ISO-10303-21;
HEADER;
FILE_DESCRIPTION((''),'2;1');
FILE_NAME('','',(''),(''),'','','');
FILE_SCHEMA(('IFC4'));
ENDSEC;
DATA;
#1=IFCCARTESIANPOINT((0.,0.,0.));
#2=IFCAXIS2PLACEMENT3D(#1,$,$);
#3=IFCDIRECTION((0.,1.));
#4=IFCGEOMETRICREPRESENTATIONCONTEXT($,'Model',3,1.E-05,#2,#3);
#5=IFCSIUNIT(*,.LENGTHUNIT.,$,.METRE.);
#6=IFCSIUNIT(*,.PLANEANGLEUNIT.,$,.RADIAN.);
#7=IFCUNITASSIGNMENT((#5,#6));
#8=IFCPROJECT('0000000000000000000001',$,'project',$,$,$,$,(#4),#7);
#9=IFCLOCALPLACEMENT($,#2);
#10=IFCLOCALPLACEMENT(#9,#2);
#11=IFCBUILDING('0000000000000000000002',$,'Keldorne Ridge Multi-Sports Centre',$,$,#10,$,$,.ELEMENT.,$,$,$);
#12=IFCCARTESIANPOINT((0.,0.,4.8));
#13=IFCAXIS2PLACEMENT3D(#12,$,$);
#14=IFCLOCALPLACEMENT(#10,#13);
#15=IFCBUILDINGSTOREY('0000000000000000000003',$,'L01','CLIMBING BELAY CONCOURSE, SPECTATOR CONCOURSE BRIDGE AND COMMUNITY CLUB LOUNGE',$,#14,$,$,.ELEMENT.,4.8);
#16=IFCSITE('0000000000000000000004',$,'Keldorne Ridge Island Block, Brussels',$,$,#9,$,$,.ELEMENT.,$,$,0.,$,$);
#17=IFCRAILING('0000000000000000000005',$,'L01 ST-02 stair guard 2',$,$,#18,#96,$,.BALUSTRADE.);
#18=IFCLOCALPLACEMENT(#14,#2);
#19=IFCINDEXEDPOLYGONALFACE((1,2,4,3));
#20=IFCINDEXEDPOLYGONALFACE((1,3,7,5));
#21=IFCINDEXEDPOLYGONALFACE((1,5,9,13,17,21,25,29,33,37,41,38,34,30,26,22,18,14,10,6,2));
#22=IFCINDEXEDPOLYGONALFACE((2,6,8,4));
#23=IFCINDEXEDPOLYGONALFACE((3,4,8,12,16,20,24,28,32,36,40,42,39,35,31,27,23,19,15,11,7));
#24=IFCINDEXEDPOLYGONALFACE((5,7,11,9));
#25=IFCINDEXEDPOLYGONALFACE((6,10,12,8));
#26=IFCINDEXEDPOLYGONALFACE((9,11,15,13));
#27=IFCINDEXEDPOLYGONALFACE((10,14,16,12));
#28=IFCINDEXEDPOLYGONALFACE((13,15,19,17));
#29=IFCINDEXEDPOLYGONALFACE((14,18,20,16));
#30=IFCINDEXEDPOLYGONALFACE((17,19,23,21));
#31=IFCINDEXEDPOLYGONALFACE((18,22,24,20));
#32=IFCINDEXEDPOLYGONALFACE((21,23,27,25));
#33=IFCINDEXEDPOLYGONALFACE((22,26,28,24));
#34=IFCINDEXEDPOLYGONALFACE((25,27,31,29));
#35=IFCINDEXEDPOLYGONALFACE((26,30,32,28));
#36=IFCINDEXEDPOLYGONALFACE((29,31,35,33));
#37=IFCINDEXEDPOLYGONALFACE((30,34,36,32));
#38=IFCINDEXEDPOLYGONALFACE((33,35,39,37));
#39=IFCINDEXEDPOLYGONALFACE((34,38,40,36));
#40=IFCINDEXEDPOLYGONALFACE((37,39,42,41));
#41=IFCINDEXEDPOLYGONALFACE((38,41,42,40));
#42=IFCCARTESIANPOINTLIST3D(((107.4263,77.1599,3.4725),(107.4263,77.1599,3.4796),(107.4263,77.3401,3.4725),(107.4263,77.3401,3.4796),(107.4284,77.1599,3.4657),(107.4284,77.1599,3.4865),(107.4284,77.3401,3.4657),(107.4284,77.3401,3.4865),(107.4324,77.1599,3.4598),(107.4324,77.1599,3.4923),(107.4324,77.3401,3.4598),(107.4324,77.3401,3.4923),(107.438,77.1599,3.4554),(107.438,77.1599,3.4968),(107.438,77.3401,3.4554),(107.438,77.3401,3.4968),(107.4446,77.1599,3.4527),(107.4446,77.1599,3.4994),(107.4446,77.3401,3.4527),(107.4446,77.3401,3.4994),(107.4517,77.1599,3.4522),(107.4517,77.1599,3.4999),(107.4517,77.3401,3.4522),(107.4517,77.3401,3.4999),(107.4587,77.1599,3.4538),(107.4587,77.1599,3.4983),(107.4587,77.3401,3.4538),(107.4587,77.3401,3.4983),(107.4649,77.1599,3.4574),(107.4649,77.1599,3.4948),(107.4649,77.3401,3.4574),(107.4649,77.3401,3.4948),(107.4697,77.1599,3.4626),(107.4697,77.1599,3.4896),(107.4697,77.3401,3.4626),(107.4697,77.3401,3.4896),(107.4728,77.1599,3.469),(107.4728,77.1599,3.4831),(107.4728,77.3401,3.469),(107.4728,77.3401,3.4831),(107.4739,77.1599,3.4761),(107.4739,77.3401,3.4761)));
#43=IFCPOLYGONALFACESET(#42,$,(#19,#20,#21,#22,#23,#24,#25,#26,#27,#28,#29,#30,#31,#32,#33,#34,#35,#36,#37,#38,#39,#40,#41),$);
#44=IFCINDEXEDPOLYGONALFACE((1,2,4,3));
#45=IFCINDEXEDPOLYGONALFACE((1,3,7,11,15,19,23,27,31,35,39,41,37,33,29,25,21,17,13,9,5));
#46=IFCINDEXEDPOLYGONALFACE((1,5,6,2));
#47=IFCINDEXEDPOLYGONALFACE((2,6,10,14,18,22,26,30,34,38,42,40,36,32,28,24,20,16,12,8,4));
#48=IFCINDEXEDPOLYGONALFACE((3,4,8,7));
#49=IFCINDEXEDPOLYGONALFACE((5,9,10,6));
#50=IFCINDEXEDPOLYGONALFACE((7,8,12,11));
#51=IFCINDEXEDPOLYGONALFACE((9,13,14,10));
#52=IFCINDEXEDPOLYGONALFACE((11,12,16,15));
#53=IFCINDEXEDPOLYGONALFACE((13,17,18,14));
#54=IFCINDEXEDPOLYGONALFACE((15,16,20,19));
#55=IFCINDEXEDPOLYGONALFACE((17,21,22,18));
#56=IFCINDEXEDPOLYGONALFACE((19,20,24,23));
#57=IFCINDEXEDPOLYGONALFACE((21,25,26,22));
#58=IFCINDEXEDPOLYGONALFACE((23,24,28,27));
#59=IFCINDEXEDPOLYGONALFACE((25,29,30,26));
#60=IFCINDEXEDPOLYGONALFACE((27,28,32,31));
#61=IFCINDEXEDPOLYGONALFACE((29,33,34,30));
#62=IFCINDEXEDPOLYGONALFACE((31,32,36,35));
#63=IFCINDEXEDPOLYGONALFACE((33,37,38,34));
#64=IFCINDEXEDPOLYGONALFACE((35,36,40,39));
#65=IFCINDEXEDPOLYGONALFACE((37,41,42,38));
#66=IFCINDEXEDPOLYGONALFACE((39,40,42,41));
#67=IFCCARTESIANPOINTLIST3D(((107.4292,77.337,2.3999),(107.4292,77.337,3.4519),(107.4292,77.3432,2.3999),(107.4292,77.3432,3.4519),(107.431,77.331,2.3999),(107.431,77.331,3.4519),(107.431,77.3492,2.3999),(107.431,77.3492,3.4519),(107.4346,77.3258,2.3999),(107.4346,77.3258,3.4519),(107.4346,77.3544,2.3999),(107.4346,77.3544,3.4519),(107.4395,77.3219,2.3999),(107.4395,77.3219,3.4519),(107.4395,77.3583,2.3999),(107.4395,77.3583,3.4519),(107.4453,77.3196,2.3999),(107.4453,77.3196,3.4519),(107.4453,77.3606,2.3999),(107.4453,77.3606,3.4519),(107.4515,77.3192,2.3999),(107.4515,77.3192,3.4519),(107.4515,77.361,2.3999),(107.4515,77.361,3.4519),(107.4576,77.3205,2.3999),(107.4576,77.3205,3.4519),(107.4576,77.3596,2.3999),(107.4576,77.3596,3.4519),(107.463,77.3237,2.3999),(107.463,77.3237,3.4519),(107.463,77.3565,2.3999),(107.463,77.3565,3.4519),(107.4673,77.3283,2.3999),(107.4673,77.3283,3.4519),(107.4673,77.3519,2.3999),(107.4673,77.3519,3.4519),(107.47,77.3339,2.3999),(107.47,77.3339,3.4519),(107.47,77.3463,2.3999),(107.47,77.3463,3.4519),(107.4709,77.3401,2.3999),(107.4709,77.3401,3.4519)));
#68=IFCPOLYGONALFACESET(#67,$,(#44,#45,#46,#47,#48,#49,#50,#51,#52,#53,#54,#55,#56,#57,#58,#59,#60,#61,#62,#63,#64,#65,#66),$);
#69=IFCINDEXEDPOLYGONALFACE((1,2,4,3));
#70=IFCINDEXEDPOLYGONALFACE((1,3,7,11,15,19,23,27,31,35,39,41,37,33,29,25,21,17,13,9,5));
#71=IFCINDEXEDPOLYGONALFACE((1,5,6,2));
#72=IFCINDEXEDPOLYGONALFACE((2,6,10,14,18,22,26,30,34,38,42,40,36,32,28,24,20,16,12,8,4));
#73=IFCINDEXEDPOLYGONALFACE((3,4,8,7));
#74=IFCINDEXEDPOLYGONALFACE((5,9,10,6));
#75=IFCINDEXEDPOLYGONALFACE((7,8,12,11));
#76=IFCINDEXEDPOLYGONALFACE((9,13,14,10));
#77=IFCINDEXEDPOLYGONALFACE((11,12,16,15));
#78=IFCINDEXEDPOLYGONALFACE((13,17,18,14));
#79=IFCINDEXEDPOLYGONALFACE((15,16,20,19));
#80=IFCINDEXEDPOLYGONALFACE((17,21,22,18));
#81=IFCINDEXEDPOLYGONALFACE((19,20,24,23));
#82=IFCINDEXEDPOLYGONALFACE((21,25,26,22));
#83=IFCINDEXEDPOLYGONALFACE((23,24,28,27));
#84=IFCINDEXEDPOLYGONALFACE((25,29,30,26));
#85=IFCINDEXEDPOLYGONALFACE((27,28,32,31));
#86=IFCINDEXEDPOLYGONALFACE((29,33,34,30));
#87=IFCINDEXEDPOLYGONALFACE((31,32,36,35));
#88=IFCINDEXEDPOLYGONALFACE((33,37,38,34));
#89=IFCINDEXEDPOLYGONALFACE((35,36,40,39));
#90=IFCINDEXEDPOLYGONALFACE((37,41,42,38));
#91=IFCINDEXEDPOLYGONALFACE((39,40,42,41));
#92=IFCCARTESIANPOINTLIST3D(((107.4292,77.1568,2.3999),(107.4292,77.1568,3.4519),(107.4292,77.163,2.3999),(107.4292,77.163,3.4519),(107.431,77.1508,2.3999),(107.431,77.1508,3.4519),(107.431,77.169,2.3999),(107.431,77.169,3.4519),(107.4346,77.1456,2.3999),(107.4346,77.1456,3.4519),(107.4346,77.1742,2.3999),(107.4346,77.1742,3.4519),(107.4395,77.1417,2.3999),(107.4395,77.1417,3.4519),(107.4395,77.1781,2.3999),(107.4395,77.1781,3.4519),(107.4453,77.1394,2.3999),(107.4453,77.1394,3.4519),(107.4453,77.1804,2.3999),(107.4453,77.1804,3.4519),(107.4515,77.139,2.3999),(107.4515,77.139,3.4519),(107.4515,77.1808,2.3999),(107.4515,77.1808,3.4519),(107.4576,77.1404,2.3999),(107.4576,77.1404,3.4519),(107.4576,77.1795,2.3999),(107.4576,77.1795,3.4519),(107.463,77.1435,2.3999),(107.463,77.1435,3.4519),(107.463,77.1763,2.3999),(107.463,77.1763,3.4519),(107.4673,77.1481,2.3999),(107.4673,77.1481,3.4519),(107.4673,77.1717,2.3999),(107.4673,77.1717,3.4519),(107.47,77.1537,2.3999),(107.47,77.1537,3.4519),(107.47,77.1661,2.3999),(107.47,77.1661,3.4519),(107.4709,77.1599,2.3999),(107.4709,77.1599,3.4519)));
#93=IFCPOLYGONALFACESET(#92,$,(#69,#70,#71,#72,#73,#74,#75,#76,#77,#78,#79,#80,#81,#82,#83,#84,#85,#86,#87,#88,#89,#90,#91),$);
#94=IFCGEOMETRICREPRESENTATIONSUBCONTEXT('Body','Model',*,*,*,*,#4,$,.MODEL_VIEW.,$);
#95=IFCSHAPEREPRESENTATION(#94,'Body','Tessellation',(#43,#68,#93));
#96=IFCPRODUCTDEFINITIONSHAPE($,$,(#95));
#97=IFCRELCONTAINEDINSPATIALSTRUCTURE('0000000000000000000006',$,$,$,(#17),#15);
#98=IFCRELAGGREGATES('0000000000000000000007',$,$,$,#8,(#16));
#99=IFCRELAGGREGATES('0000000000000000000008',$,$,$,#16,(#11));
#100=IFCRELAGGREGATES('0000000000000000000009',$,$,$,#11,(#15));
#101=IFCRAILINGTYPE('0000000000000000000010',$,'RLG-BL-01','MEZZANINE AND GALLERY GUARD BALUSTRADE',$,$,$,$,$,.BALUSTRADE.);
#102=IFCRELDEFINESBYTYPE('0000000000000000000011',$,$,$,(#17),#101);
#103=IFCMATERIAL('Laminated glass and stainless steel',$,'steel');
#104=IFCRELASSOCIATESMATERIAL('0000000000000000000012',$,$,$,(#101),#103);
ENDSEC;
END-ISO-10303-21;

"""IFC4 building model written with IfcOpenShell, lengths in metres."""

from ifc_helpers import new_model, si_unit, direction, frame, origin, origin_2d, place, context, subcontext, project, spatial, circle, extrude, material, type_object, element, save


model = new_model("IFC4")

# Units and contexts
model_context = context("Model", 3, precision=1e-05, world=origin(), true_north=direction((0.0, 1.0)))
body_context = subcontext(model_context, "Body", "Model", "MODEL_VIEW")
ifc_project = project(units=[si_unit("LENGTHUNIT", "METRE"), si_unit("PLANEANGLEUNIT", "RADIAN")], contexts=[model_context])

# Site, building, storey
site_placement = place(None, origin())
site = spatial("IfcSite", under=ifc_project, at=site_placement, Name="Keldorne Ridge Island Block, Brussels", CompositionType="ELEMENT", RefElevation=0.0)
building_placement = place(site_placement, origin())
building = spatial("IfcBuilding", under=site, at=building_placement, Name="Keldorne Ridge Multi-Sports Centre", CompositionType="ELEMENT")
storey_placement = place(building_placement, frame((0.0, 0.0, 4.8)))
storey = spatial("IfcBuildingStorey", under=building, at=storey_placement, Name="L01", Description="CLIMBING BELAY CONCOURSE, SPECTATOR CONCOURSE BRIDGE AND COMMUNITY CLUB LOUNGE", CompositionType="ELEMENT", Elevation=4.8)

# Railing
ifc_material_1 = material(Name="Laminated glass and stainless steel", Category="steel")
railing_type_1 = type_object("IfcRailingType", Name="RLG-BL-01", Description="MEZZANINE AND GALLERY GUARD BALUSTRADE", PredefinedType="BALUSTRADE", material=ifc_material_1)
railing_1_placement = place(storey_placement, frame((107.45, 77.3401, 2.3999)))
element("IfcRailing", 1, at=railing_1_placement, inside=storey, type_object=railing_type_1, Name="L01 ST-02 stair guard 2", PredefinedType="BALUSTRADE", context=body_context, shape_type="SweptSolid", body=[
    extrude(circle(Radius=0.0239, at=origin_2d()), frame((0.0, 0.0, 1.0762), z_axis=(0.0, -1.0, 0.0), x_axis=(1.0, 0.0, 0.0)), (0.0, 0.0, 1.0), 0.1802),
    extrude(circle(Radius=0.021, at=origin_2d()), origin(), (0.0, 0.0, 1.0), 1.052),
    extrude(circle(Radius=0.021, at=origin_2d()), frame((0.0, -0.1802, 0.0)), (0.0, 0.0, 1.0), 1.052),
])

save(model, "model.ifc")
